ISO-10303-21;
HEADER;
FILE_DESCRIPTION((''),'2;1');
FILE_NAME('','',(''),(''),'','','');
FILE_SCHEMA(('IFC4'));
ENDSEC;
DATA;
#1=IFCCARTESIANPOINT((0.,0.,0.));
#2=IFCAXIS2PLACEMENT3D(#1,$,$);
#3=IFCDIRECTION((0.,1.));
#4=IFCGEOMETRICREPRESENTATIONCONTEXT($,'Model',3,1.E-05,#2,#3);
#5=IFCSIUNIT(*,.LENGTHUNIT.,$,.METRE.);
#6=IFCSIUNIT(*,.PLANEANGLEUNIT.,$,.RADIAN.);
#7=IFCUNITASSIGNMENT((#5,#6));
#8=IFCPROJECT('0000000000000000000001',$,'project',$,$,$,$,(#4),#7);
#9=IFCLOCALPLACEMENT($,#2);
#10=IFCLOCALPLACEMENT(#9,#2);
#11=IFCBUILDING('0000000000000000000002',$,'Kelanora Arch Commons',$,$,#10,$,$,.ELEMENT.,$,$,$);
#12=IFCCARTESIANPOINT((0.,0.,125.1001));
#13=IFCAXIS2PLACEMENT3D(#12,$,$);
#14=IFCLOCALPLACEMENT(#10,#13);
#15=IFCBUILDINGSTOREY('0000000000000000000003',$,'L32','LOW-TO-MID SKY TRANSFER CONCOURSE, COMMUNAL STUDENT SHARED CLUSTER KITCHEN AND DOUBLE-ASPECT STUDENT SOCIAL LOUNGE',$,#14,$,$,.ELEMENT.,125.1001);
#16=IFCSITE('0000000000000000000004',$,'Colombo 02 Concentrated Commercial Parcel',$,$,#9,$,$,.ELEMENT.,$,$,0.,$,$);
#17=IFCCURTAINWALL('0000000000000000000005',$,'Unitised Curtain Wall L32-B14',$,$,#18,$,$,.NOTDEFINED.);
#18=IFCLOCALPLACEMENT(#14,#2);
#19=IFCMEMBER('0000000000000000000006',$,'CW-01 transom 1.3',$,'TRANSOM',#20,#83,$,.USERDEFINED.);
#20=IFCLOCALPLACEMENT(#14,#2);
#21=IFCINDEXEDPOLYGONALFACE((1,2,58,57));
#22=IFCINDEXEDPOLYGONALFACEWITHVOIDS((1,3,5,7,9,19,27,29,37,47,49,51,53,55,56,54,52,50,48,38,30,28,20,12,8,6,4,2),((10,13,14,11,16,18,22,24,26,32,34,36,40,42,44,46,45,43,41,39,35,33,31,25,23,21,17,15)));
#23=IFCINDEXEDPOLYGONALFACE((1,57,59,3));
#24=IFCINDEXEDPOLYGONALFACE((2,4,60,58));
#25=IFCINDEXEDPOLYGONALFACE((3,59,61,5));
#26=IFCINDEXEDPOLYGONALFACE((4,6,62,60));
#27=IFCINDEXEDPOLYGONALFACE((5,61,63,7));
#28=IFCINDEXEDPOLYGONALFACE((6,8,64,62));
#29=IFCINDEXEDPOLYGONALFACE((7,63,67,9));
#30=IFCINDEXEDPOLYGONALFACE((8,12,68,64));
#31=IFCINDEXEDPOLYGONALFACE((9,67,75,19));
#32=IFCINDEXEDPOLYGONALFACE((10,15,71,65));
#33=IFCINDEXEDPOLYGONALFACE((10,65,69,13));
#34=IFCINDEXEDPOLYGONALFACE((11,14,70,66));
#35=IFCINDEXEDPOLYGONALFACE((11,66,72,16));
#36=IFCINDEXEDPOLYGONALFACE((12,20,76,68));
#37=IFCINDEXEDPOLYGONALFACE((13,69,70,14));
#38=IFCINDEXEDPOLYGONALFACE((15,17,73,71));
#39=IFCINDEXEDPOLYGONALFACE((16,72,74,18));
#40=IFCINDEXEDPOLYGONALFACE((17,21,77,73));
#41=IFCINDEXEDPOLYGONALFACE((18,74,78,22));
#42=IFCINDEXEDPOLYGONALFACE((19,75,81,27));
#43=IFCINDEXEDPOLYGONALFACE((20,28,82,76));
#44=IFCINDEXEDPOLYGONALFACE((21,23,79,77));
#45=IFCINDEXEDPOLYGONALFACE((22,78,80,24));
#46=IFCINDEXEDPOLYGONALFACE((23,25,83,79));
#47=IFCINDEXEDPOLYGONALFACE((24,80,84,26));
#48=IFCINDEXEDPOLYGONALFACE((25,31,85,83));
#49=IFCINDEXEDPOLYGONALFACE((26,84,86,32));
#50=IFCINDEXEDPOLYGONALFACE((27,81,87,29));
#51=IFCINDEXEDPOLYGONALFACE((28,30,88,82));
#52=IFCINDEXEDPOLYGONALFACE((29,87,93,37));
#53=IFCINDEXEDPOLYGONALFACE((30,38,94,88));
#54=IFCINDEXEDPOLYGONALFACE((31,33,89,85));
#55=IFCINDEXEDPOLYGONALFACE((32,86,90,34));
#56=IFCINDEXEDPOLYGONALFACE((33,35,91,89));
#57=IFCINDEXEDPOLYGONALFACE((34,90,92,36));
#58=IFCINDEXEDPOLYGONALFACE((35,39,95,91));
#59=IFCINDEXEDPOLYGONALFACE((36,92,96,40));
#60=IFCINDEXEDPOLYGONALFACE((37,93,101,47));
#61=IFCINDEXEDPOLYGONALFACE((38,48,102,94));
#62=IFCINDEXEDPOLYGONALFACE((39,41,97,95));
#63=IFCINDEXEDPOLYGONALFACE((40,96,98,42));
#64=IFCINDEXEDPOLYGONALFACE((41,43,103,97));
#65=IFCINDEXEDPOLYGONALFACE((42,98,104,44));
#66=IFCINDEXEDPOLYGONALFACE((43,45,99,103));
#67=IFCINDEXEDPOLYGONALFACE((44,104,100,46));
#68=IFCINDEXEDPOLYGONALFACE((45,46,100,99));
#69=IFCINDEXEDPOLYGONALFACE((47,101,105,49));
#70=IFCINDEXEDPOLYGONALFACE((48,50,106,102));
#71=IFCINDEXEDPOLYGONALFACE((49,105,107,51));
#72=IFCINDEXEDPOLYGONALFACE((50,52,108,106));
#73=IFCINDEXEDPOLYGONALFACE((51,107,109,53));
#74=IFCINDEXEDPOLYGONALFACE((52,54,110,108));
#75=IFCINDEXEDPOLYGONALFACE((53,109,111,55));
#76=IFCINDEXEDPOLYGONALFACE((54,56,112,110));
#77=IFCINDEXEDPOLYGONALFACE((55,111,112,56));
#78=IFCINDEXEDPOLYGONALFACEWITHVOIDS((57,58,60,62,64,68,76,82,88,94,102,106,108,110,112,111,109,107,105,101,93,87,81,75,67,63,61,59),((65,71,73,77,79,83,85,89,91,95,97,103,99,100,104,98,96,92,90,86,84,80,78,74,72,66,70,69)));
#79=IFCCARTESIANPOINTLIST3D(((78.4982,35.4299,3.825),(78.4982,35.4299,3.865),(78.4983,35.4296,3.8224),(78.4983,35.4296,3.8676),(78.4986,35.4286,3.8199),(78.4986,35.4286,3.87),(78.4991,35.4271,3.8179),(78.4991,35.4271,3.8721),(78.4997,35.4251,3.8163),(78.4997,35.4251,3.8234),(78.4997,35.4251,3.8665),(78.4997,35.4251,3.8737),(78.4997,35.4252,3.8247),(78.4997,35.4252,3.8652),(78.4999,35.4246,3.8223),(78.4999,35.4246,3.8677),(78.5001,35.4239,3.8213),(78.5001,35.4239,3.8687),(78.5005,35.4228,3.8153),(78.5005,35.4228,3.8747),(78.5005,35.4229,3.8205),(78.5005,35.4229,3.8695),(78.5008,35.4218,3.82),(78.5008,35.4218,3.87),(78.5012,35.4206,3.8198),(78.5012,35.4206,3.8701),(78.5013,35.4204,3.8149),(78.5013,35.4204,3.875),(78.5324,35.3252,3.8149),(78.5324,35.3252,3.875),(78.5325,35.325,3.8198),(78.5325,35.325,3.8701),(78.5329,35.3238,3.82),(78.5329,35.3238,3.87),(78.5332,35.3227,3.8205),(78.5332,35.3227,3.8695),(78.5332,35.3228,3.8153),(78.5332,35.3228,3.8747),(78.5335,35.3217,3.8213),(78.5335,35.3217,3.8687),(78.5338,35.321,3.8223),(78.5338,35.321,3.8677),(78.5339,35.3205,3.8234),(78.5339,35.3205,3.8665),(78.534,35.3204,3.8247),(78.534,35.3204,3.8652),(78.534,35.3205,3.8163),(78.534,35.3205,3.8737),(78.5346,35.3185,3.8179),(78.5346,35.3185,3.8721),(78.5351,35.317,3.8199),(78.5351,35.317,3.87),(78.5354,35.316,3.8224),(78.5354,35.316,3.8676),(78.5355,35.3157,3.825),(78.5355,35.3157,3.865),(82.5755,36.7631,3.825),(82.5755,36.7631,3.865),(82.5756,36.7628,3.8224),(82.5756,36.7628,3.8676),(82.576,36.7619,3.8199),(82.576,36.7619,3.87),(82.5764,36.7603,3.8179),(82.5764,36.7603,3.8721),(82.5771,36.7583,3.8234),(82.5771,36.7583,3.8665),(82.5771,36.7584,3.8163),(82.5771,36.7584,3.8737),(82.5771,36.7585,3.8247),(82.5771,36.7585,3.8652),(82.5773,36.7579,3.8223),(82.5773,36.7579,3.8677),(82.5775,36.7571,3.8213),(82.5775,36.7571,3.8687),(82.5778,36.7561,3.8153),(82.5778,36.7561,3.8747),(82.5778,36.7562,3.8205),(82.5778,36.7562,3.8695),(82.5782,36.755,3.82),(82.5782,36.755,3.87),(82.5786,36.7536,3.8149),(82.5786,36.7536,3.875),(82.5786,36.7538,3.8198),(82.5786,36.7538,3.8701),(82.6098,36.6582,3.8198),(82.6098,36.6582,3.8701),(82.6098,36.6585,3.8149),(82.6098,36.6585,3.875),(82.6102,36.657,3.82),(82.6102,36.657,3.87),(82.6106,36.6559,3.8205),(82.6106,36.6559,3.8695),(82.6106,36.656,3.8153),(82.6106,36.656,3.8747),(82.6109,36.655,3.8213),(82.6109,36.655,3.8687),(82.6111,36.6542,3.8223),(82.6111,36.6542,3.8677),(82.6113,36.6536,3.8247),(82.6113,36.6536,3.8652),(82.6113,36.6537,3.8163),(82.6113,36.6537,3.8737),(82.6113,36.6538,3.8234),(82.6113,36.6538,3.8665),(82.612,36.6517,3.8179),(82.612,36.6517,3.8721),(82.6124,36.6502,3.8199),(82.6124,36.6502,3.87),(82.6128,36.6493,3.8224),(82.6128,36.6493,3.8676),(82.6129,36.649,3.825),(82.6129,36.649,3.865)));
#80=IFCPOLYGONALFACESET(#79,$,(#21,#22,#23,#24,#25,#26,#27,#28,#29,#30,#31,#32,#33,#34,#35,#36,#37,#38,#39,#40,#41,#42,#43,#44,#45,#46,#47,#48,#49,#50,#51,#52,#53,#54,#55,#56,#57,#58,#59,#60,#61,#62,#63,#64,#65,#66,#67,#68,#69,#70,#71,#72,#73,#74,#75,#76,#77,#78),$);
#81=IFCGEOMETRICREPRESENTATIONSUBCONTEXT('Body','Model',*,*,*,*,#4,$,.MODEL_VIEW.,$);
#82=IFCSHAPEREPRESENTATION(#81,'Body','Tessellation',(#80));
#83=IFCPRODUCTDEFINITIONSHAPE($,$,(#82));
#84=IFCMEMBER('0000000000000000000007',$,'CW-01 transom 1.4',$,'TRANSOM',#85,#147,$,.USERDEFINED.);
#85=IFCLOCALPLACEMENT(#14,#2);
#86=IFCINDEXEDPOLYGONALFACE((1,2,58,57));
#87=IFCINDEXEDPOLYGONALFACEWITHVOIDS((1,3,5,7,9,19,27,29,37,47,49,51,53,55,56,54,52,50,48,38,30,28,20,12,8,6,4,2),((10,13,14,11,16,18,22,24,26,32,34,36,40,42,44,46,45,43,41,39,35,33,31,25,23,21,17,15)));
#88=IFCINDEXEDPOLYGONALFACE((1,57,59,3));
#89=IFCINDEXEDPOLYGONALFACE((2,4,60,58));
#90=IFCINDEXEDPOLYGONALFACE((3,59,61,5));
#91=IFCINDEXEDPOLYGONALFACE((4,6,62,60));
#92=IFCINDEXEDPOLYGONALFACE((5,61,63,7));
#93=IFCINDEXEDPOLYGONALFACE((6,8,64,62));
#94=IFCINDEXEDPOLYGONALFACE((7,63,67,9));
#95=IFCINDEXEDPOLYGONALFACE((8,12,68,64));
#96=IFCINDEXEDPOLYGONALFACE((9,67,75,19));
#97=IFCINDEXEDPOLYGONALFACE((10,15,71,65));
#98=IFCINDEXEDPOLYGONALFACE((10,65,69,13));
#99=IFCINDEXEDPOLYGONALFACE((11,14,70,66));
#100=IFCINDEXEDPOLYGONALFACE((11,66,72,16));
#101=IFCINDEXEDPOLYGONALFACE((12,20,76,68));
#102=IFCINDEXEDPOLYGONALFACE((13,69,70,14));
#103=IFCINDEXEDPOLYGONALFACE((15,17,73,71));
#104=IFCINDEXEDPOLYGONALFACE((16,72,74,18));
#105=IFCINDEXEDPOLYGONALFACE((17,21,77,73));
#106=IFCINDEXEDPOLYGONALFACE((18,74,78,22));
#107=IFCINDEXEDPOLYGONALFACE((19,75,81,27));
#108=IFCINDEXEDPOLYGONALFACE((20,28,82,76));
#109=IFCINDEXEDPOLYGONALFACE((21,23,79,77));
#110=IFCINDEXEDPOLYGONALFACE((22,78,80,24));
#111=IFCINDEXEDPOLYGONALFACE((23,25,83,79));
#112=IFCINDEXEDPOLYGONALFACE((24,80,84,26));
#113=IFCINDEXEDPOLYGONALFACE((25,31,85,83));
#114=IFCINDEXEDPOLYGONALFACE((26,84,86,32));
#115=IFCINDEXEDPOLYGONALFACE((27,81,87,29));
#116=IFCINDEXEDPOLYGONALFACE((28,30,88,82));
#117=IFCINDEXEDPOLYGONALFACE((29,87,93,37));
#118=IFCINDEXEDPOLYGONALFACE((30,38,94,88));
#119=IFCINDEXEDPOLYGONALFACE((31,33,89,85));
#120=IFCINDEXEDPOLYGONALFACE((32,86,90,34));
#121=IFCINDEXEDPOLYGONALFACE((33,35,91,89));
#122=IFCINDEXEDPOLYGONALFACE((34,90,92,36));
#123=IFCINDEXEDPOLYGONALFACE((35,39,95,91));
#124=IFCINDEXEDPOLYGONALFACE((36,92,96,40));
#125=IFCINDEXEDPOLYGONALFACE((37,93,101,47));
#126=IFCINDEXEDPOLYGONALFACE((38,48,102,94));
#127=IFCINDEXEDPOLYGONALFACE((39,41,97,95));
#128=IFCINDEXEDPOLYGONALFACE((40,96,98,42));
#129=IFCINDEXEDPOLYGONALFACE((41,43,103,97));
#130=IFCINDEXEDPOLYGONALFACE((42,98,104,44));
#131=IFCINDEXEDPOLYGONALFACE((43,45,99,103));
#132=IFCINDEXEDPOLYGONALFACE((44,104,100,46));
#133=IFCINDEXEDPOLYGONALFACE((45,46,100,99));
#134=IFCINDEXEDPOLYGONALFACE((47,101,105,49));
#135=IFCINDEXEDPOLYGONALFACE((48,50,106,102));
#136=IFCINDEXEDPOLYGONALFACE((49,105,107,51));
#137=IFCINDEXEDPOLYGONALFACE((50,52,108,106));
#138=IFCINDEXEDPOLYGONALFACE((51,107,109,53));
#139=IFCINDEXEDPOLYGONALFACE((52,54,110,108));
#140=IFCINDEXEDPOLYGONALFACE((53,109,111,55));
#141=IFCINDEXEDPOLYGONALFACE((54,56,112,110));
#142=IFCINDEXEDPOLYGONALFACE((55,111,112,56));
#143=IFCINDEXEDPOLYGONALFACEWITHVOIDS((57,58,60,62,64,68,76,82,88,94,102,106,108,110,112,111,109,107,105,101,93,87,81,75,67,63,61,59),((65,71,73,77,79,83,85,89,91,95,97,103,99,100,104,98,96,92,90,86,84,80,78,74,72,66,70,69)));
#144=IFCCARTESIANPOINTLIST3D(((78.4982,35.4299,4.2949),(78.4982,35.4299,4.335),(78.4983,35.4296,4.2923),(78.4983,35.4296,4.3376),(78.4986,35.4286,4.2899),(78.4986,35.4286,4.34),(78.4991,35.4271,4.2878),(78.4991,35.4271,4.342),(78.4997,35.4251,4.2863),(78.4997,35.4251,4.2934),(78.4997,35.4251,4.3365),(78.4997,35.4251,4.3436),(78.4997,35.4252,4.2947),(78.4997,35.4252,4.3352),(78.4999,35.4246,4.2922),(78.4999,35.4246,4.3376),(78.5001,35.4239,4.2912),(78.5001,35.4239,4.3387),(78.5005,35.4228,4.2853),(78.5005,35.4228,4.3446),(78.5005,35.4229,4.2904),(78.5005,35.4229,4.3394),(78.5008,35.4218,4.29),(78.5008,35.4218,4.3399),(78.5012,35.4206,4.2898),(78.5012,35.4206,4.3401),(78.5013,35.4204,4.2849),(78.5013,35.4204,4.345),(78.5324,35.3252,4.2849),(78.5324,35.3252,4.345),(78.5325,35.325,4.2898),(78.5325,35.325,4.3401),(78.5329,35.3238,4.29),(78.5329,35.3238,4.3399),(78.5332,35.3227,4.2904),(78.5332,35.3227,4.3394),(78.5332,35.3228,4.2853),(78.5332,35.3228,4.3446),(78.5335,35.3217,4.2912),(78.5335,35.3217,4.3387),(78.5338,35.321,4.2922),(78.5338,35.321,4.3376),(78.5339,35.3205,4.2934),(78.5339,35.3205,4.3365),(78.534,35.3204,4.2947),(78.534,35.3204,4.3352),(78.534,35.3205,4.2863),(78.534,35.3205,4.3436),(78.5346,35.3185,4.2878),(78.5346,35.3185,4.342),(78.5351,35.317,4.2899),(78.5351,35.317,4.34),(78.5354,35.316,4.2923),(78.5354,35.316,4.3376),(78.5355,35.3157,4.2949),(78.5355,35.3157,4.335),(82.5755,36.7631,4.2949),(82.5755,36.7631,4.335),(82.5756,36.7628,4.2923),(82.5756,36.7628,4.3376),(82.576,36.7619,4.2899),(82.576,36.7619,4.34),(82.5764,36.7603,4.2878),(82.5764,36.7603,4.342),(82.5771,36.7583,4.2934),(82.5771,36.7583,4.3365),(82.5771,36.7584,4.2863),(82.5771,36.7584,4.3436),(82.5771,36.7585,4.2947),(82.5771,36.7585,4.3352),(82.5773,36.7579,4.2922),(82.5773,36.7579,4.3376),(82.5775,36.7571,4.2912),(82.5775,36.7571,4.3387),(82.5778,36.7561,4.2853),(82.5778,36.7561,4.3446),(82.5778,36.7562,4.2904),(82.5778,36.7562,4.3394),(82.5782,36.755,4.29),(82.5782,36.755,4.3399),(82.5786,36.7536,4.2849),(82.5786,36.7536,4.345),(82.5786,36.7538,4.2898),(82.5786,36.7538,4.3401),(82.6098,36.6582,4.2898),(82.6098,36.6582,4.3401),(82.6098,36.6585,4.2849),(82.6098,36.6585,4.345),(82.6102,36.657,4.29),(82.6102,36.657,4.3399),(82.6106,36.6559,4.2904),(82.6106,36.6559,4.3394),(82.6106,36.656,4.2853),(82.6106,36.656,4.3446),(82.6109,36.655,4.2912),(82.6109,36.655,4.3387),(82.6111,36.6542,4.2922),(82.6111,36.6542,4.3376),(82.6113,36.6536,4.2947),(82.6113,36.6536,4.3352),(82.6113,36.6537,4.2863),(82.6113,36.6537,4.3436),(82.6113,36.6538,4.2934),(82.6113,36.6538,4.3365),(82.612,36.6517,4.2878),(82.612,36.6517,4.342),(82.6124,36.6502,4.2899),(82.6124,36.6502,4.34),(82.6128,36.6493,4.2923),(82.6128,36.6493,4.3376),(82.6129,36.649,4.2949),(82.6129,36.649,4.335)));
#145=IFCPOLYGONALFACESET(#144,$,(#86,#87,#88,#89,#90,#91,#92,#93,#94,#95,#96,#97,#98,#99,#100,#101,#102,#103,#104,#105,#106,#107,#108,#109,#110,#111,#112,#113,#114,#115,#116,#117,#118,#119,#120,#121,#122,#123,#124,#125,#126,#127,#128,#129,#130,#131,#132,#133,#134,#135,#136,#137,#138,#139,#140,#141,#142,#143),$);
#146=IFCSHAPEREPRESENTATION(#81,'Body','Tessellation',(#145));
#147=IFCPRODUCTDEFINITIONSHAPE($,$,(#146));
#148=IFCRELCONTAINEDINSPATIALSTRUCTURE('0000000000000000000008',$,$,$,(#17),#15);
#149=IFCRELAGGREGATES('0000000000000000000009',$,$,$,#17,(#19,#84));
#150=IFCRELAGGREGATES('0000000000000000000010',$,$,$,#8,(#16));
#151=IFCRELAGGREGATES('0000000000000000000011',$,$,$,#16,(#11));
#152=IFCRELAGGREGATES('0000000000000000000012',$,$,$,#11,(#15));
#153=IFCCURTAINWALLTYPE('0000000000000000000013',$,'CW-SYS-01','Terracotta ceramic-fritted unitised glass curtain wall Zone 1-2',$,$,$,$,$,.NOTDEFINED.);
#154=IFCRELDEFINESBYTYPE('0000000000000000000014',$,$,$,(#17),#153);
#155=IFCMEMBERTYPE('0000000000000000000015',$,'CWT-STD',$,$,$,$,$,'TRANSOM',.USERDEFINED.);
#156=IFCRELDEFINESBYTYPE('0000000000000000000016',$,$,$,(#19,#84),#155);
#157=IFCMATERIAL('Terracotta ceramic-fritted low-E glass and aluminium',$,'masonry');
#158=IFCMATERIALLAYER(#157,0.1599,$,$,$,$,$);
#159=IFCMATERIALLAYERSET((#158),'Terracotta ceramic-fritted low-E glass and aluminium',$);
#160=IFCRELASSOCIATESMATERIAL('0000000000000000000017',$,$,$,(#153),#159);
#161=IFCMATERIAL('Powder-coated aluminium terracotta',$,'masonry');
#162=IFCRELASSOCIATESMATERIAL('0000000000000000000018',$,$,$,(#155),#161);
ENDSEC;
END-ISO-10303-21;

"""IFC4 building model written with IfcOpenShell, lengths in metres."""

from ifc_helpers import new_model, si_unit, direction, frame, origin, origin_2d, place, context, subcontext, project, spatial, hollow_rectangle, extrude, material, layer, layer_set, material_profile, profile_set, type_object, element, aggregate, save


model = new_model("IFC4")

# Units and contexts
model_context = context("Model", 3, precision=1e-05, world=origin(), true_north=direction((0.0, 1.0)))
body_context = subcontext(model_context, "Body", "Model", "MODEL_VIEW")
ifc_project = project(units=[si_unit("LENGTHUNIT", "METRE"), si_unit("PLANEANGLEUNIT", "RADIAN")], contexts=[model_context])

# Site, building, storey
site_placement = place(None, origin())
site = spatial("IfcSite", under=ifc_project, at=site_placement, Name="Colombo 02 Concentrated Commercial Parcel", CompositionType="ELEMENT", RefElevation=0.0)
building_placement = place(site_placement, origin())
building = spatial("IfcBuilding", under=site, at=building_placement, Name="Kelanora Arch Commons", CompositionType="ELEMENT")
storey_placement = place(building_placement, frame((0.0, 0.0, 125.1001)))
storey = spatial("IfcBuildingStorey", under=building, at=storey_placement, Name="L32", Description="LOW-TO-MID SKY TRANSFER CONCOURSE, COMMUNAL STUDENT SHARED CLUSTER KITCHEN AND DOUBLE-ASPECT STUDENT SOCIAL LOUNGE", CompositionType="ELEMENT", Elevation=125.1001)

# Curtain wall, members
ifc_material_1 = material(Name="Terracotta ceramic-fritted low-E glass and aluminium", Category="masonry")
ifc_layer_1 = layer(ifc_material_1, 0.1599)
ifc_layer_set_1 = layer_set([ifc_layer_1], Name="Terracotta ceramic-fritted low-E glass and aluminium")
curtain_wall_type = type_object("IfcCurtainWallType", Name="CW-SYS-01", Description="Terracotta ceramic-fritted unitised glass curtain wall Zone 1-2", PredefinedType="NOTDEFINED", material=ifc_layer_set_1)
curtain_wall_placement = place(storey_placement, origin())
curtain_wall = element("IfcCurtainWall", 1, at=curtain_wall_placement, inside=storey, type_object=curtain_wall_type, Name="Unitised Curtain Wall L32-B14", PredefinedType="NOTDEFINED")
ifc_material_2 = material(Name="Powder-coated aluminium terracotta", Category="masonry")
ifc_material_profile_1 = material_profile(ifc_material_2, hollow_rectangle(XDim=0.1201, YDim=0.0601, WallThickness=0.0049, InnerFilletRadius=0.0049, OuterFilletRadius=0.01, at=origin_2d()), Name="CWT120x60")
ifc_profile_set_1 = profile_set([ifc_material_profile_1], Name="Powder-coated aluminium terracotta")
member_type_1 = type_object("IfcMemberType", Name="CWT-STD", ElementType="TRANSOM", PredefinedType="USERDEFINED", material=ifc_profile_set_1)
member_1_placement = place(storey_placement, frame((78.5168, 35.3728, 3.845), z_axis=(0.950478, 0.310793, 0.0), x_axis=(-0.310793, 0.950478, 0.0)))
member_1 = element("IfcMember", 2, at=member_1_placement, type_object=member_type_1, Name="CW-01 transom 1.3", ObjectType="TRANSOM", PredefinedType="USERDEFINED", context=body_context, shape_type="SweptSolid", body=[
    extrude(hollow_rectangle(XDim=0.1201, YDim=0.0601, WallThickness=0.0049, InnerFilletRadius=0.0049, OuterFilletRadius=0.01, at=origin_2d()), origin(), (0.0, 0.0, 1.0), 4.2898),
])
member_2_placement = place(storey_placement, frame((78.5168, 35.3728, 4.3149), z_axis=(0.950478, 0.310793, 0.0), x_axis=(-0.310793, 0.950478, 0.0)))
member_2 = element("IfcMember", 3, at=member_2_placement, type_object=member_type_1, Name="CW-01 transom 1.4", ObjectType="TRANSOM", PredefinedType="USERDEFINED", context=body_context, shape_type="SweptSolid", body=[
    extrude(hollow_rectangle(XDim=0.1201, YDim=0.0601, WallThickness=0.0049, InnerFilletRadius=0.0049, OuterFilletRadius=0.01, at=origin_2d()), origin(), (0.0, 0.0, 1.0), 4.2898),
])
aggregate(curtain_wall, [member_1, member_2])

save(model, "model.ifc")
